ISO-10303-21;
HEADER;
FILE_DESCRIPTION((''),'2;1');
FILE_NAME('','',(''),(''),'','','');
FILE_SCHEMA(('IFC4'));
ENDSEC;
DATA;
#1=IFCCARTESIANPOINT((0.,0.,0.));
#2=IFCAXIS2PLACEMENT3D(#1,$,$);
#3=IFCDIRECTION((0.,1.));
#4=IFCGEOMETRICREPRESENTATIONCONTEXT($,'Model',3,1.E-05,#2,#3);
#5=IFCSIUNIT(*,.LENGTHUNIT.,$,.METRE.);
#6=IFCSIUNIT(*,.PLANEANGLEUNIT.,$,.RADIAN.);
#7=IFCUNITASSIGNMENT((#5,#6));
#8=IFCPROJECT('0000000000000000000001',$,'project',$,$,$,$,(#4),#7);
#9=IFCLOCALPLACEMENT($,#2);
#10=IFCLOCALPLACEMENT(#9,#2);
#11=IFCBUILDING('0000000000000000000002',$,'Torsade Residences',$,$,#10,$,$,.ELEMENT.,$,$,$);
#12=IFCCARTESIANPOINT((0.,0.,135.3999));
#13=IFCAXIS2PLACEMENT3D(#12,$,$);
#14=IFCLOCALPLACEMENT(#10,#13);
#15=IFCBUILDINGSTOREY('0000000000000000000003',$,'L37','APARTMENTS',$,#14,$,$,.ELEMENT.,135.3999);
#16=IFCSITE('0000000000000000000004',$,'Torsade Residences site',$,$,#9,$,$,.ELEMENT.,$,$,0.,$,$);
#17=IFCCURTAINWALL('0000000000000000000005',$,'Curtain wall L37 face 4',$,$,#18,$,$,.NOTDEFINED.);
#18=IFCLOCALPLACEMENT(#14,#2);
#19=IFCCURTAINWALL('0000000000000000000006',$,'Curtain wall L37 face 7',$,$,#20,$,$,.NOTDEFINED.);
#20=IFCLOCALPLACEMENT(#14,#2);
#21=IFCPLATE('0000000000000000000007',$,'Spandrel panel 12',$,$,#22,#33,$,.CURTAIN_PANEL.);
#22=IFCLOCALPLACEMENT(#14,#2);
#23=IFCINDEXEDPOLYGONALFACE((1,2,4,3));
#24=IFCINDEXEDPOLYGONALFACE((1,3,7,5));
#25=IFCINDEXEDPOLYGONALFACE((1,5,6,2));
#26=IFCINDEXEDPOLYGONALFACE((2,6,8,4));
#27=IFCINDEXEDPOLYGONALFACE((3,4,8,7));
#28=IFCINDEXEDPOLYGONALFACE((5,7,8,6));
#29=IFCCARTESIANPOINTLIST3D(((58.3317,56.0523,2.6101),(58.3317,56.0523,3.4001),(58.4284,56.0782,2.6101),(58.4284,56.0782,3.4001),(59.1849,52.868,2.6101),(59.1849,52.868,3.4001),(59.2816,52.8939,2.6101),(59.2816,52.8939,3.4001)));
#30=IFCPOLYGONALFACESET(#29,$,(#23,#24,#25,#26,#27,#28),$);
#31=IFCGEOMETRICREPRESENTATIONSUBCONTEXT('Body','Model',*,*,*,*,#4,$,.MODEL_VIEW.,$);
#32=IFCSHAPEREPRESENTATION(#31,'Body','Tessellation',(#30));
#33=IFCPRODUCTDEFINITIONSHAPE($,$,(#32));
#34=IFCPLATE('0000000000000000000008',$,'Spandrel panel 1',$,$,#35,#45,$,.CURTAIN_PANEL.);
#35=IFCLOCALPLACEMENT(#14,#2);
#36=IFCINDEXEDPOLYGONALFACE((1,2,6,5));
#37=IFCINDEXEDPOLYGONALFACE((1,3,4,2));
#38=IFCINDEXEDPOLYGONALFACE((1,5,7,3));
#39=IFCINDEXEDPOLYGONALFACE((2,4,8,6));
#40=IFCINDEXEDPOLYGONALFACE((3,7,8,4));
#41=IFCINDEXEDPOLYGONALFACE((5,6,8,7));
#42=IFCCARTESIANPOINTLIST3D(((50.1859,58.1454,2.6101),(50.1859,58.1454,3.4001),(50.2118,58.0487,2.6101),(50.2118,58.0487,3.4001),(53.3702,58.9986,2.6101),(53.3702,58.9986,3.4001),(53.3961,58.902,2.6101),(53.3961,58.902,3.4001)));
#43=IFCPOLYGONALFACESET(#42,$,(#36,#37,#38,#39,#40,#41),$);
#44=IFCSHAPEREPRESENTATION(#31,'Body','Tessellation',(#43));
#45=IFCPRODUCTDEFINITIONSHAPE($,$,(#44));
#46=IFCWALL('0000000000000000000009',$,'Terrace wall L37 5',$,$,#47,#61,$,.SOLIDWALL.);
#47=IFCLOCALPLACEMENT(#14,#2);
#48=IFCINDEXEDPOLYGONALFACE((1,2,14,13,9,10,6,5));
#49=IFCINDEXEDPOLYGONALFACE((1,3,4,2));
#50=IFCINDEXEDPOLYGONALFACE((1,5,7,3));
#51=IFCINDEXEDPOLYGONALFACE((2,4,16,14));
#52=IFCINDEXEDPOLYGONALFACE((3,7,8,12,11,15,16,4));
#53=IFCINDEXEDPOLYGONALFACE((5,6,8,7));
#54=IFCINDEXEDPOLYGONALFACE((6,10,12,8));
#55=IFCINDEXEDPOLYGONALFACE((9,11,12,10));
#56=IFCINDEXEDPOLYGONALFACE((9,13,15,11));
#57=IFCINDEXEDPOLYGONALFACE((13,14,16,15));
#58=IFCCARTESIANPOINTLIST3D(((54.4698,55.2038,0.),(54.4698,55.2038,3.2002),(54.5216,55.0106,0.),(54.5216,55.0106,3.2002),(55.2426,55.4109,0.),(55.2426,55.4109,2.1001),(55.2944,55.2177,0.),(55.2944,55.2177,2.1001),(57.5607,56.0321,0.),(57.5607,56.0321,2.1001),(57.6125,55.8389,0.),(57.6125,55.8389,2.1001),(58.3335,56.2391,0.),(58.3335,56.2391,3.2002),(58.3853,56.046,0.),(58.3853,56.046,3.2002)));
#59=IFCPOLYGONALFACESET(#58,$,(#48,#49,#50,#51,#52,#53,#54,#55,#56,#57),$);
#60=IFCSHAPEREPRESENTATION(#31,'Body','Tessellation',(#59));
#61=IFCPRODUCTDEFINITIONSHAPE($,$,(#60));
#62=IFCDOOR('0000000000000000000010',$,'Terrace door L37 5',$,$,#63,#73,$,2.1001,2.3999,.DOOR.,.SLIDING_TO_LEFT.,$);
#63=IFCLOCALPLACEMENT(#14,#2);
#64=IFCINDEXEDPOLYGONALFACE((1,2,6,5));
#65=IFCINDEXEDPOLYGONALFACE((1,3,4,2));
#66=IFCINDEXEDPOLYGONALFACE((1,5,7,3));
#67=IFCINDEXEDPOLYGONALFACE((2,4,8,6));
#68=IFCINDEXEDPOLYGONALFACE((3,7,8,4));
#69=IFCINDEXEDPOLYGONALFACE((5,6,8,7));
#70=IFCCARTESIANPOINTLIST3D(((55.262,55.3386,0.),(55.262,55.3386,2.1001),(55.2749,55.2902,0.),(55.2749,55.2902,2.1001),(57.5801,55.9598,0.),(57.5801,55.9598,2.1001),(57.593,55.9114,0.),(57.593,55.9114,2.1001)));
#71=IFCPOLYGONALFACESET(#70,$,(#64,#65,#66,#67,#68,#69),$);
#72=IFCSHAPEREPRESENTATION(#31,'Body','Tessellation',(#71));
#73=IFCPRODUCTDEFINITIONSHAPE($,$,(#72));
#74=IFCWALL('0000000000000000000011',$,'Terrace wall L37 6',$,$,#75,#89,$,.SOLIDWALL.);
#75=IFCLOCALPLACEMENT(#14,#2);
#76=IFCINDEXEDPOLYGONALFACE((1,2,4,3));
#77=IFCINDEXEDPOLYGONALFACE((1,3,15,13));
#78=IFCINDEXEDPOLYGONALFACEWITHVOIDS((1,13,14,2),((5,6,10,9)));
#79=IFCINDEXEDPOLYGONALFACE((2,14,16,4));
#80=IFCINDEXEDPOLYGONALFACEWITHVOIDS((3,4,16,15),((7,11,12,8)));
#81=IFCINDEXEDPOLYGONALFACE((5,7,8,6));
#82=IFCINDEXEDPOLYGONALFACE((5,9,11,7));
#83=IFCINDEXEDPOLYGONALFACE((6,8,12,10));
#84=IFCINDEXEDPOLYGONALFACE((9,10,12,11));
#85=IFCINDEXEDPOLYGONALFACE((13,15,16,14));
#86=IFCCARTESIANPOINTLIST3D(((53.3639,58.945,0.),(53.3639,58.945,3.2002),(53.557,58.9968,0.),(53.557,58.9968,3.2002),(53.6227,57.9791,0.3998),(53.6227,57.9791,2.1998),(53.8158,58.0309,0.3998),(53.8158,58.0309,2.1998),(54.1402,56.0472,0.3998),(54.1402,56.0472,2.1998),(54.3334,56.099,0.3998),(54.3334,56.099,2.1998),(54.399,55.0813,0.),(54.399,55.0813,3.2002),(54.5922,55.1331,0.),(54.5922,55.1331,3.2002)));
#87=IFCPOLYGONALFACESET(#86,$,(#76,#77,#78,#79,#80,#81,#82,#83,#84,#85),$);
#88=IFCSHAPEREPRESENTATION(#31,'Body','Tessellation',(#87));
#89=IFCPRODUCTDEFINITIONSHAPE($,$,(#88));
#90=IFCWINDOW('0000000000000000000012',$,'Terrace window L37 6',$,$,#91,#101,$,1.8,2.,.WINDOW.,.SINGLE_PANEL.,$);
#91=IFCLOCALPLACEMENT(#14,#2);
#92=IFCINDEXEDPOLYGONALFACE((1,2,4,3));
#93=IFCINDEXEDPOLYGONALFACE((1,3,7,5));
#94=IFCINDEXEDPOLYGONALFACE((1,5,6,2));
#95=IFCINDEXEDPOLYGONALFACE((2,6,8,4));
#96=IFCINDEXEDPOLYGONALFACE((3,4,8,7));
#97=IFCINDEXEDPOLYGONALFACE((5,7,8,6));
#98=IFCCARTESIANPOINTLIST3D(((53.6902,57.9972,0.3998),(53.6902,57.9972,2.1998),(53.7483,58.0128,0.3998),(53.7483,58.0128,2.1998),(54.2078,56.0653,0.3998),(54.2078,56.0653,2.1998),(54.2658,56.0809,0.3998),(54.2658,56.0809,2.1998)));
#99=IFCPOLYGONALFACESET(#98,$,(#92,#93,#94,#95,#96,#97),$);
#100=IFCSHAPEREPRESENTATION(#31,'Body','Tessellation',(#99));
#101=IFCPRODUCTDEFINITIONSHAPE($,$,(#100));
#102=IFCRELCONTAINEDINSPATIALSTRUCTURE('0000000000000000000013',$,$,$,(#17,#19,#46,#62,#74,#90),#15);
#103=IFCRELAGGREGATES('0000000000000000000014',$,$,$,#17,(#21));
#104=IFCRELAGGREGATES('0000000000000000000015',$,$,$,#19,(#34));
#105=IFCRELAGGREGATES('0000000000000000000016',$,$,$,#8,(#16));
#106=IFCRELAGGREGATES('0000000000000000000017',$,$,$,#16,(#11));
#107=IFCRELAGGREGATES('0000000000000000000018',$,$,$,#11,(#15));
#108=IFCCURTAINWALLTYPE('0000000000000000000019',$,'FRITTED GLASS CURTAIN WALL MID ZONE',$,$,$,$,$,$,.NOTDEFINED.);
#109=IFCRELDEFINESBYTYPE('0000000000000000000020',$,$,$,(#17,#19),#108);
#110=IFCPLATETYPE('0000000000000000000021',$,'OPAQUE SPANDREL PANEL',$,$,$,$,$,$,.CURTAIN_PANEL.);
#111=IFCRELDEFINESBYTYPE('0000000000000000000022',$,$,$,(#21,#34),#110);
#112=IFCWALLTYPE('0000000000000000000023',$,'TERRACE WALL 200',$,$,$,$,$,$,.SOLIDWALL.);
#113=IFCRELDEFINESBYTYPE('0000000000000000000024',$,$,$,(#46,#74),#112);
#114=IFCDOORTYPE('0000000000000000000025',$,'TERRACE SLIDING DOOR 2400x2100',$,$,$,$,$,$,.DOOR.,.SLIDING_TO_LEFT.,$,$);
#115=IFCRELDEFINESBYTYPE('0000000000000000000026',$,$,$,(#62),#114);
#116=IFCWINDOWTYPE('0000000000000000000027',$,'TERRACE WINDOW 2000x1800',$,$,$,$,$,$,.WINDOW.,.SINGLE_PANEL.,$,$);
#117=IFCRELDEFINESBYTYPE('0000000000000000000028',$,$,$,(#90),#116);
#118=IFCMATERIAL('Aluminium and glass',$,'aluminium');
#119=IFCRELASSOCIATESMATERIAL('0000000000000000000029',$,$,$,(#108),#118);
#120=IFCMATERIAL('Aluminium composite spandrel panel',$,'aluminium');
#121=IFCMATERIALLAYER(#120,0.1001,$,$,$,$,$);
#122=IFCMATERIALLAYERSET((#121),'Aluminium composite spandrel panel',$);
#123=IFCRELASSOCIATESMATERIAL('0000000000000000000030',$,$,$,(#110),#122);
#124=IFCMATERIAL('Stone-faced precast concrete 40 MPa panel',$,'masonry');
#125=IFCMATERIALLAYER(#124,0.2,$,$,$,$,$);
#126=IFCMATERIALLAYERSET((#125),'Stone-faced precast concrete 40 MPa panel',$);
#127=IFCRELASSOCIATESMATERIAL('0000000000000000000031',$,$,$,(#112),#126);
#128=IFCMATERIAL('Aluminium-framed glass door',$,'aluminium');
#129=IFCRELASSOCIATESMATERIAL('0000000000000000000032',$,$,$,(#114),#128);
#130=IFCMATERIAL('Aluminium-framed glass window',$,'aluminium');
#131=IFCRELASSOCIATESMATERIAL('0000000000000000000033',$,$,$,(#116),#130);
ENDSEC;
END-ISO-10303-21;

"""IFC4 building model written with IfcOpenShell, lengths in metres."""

from ifc_helpers import new_model, si_unit, direction, frame, frame_2d, origin, origin_2d, place, context, subcontext, project, spatial, rectangle, extrude, material, layer, layer_set, type_object, element, fill, aggregate, save


model = new_model("IFC4")

# Units and contexts
model_context = context("Model", 3, precision=1e-05, world=origin(), true_north=direction((0.0, 1.0)))
body_context = subcontext(model_context, "Body", "Model", "MODEL_VIEW")
ifc_project = project(units=[si_unit("LENGTHUNIT", "METRE"), si_unit("PLANEANGLEUNIT", "RADIAN")], contexts=[model_context])

# Site, building, storey
site_placement = place(None, origin())
site = spatial("IfcSite", under=ifc_project, at=site_placement, Name="Torsade Residences site", CompositionType="ELEMENT", RefElevation=0.0)
building_placement = place(site_placement, origin())
building = spatial("IfcBuilding", under=site, at=building_placement, Name="Torsade Residences", CompositionType="ELEMENT")
storey_placement = place(building_placement, frame((0.0, 0.0, 135.3999)))
storey = spatial("IfcBuildingStorey", under=building, at=storey_placement, Name="L37", Description="APARTMENTS", CompositionType="ELEMENT", Elevation=135.3999)

# Curtain walls
ifc_material_1 = material(Name="Aluminium and glass", Category="aluminium")
curtain_wall_type = type_object("IfcCurtainWallType", Name="FRITTED GLASS CURTAIN WALL MID ZONE", PredefinedType="NOTDEFINED", material=ifc_material_1)
curtain_wall_1_placement = place(storey_placement, origin())
curtain_wall_1 = element("IfcCurtainWall", 1, at=curtain_wall_1_placement, inside=storey, type_object=curtain_wall_type, Name="Curtain wall L37 face 4", PredefinedType="NOTDEFINED")
curtain_wall_2_placement = place(storey_placement, origin())
curtain_wall_2 = element("IfcCurtainWall", 2, at=curtain_wall_2_placement, inside=storey, type_object=curtain_wall_type, Name="Curtain wall L37 face 7", PredefinedType="NOTDEFINED")

# Plates
ifc_material_2 = material(Name="Aluminium composite spandrel panel", Category="aluminium")
ifc_layer_1 = layer(ifc_material_2, 0.1001)
ifc_layer_set_1 = layer_set([ifc_layer_1], Name="Aluminium composite spandrel panel")
plate_type_1 = type_object("IfcPlateType", Name="OPAQUE SPANDREL PANEL", PredefinedType="CURTAIN_PANEL", material=ifc_layer_set_1)
plate_1_placement = place(storey_placement, frame((58.8066, 54.4731, 2.6101), z_axis=(0.0, 0.0, 1.0), x_axis=(-0.258819, 0.965926, 0.0)))
plate_1 = element("IfcPlate", 3, at=plate_1_placement, type_object=plate_type_1, Name="Spandrel panel 12", PredefinedType="CURTAIN_PANEL", context=body_context, shape_type="SweptSolid", body=[
    extrude(rectangle(XDim=3.2966, YDim=0.1001, at=origin_2d()), origin(), (0.0, 0.0, 1.0), 0.79),
])
aggregate(curtain_wall_1, [plate_1])
plate_2_placement = place(storey_placement, frame((51.791, 58.5237, 2.6101), z_axis=(0.0, 0.0, 1.0), x_axis=(-0.965926, -0.258819, 0.0)))
plate_2 = element("IfcPlate", 4, at=plate_2_placement, type_object=plate_type_1, Name="Spandrel panel 1", PredefinedType="CURTAIN_PANEL", context=body_context, shape_type="SweptSolid", body=[
    extrude(rectangle(XDim=3.2966, YDim=0.1001, at=origin_2d()), origin(), (0.0, 0.0, 1.0), 0.79),
])
aggregate(curtain_wall_2, [plate_2])

# Wall, opening, door
ifc_material_3 = material(Name="Stone-faced precast concrete 40 MPa panel", Category="masonry")
ifc_layer_2 = layer(ifc_material_3, 0.2)
ifc_layer_set_2 = layer_set([ifc_layer_2], Name="Stone-faced precast concrete 40 MPa panel")
wall_type = type_object("IfcWallType", Name="TERRACE WALL 200", PredefinedType="SOLIDWALL", material=ifc_layer_set_2)
wall_1_placement = place(storey_placement, frame((58.3594, 56.1426, 0.0), z_axis=(0.0, 0.0, 1.0), x_axis=(-0.965919, -0.258844, 0.0)))
wall_1 = element("IfcWall", 5, at=wall_1_placement, inside=storey, type_object=wall_type, Name="Terrace wall L37 5", PredefinedType="SOLIDWALL", context=body_context, shape_type="SweptSolid", body=[
    extrude(rectangle(XDim=4.0, YDim=0.2, at=frame_2d((2.0, 0.0))), origin(), (0.0, 0.0, 1.0), 3.2002),
])
opening_1_placement = place(wall_1_placement, frame((0.8, 0.0, 0.0)))
opening_1 = element("IfcOpeningElement", 6, at=opening_1_placement, cuts=wall_1, PredefinedType="OPENING", context=body_context, shape_type="SweptSolid", body=[
    extrude(rectangle(XDim=2.3999, YDim=2.1001, at=frame_2d((1.2, 1.05))), frame((0.0, 0.1099, 0.0), z_axis=(0.0, -1.0, 0.0), x_axis=(1.0, 0.0, 0.0)), (0.0, 0.0, 1.0), 0.22),
])
ifc_material_4 = material(Name="Aluminium-framed glass door", Category="aluminium")
door_type = type_object("IfcDoorType", Name="TERRACE SLIDING DOOR 2400x2100", OperationType="SLIDING_TO_LEFT", PredefinedType="DOOR", material=ifc_material_4)
door_placement = place(opening_1_placement, origin())
door = element("IfcDoor", 7, at=door_placement, inside=storey, type_object=door_type, Name="Terrace door L37 5", OperationType="SLIDING_TO_LEFT", OverallHeight=2.1001, OverallWidth=2.3999, PredefinedType="DOOR", context=body_context, shape_type="SweptSolid", body=[
    extrude(rectangle(XDim=2.3999, YDim=2.1001, at=frame_2d((1.2, 1.05))), frame((0.0, 0.0249, 0.0), z_axis=(0.0, -1.0, 0.0), x_axis=(1.0, 0.0, 0.0)), (0.0, 0.0, 1.0), 0.05),
])
fill(opening_1, door)

# Wall, opening, window
wall_2_placement = place(storey_placement, frame((54.4956, 55.1072, 0.0), z_axis=(0.0, 0.0, 1.0), x_axis=(-0.258787, 0.965934, 0.0)))
wall_2 = element("IfcWall", 8, at=wall_2_placement, inside=storey, type_object=wall_type, Name="Terrace wall L37 6", PredefinedType="SOLIDWALL", context=body_context, shape_type="SweptSolid", body=[
    extrude(rectangle(XDim=4.0, YDim=0.2, at=frame_2d((2.0, 0.0))), origin(), (0.0, 0.0, 1.0), 3.2002),
])
opening_2_placement = place(wall_2_placement, frame((1.0, 0.0, 0.3999)))
opening_2 = element("IfcOpeningElement", 9, at=opening_2_placement, cuts=wall_2, PredefinedType="OPENING", context=body_context, shape_type="SweptSolid", body=[
    extrude(rectangle(XDim=2.0, YDim=1.8, at=frame_2d((1.0, 0.8999))), frame((0.0, 0.1099, 0.0), z_axis=(0.0, -1.0, 0.0), x_axis=(1.0, 0.0, 0.0)), (0.0, 0.0, 1.0), 0.22),
])
ifc_material_5 = material(Name="Aluminium-framed glass window", Category="aluminium")
window_type = type_object("IfcWindowType", Name="TERRACE WINDOW 2000x1800", PartitioningType="SINGLE_PANEL", PredefinedType="WINDOW", material=ifc_material_5)
window_placement = place(opening_2_placement, origin())
window = element("IfcWindow", 10, at=window_placement, inside=storey, type_object=window_type, Name="Terrace window L37 6", OverallHeight=1.8, OverallWidth=2.0, PartitioningType="SINGLE_PANEL", PredefinedType="WINDOW", context=body_context, shape_type="SweptSolid", body=[
    extrude(rectangle(XDim=2.0, YDim=1.8, at=frame_2d((1.0, 0.8999))), frame((0.0, 0.03, 0.0), z_axis=(0.0, -1.0, 0.0), x_axis=(1.0, 0.0, 0.0)), (0.0, 0.0, 1.0), 0.0601),
])
fill(opening_2, window)

save(model, "model.ifc")
